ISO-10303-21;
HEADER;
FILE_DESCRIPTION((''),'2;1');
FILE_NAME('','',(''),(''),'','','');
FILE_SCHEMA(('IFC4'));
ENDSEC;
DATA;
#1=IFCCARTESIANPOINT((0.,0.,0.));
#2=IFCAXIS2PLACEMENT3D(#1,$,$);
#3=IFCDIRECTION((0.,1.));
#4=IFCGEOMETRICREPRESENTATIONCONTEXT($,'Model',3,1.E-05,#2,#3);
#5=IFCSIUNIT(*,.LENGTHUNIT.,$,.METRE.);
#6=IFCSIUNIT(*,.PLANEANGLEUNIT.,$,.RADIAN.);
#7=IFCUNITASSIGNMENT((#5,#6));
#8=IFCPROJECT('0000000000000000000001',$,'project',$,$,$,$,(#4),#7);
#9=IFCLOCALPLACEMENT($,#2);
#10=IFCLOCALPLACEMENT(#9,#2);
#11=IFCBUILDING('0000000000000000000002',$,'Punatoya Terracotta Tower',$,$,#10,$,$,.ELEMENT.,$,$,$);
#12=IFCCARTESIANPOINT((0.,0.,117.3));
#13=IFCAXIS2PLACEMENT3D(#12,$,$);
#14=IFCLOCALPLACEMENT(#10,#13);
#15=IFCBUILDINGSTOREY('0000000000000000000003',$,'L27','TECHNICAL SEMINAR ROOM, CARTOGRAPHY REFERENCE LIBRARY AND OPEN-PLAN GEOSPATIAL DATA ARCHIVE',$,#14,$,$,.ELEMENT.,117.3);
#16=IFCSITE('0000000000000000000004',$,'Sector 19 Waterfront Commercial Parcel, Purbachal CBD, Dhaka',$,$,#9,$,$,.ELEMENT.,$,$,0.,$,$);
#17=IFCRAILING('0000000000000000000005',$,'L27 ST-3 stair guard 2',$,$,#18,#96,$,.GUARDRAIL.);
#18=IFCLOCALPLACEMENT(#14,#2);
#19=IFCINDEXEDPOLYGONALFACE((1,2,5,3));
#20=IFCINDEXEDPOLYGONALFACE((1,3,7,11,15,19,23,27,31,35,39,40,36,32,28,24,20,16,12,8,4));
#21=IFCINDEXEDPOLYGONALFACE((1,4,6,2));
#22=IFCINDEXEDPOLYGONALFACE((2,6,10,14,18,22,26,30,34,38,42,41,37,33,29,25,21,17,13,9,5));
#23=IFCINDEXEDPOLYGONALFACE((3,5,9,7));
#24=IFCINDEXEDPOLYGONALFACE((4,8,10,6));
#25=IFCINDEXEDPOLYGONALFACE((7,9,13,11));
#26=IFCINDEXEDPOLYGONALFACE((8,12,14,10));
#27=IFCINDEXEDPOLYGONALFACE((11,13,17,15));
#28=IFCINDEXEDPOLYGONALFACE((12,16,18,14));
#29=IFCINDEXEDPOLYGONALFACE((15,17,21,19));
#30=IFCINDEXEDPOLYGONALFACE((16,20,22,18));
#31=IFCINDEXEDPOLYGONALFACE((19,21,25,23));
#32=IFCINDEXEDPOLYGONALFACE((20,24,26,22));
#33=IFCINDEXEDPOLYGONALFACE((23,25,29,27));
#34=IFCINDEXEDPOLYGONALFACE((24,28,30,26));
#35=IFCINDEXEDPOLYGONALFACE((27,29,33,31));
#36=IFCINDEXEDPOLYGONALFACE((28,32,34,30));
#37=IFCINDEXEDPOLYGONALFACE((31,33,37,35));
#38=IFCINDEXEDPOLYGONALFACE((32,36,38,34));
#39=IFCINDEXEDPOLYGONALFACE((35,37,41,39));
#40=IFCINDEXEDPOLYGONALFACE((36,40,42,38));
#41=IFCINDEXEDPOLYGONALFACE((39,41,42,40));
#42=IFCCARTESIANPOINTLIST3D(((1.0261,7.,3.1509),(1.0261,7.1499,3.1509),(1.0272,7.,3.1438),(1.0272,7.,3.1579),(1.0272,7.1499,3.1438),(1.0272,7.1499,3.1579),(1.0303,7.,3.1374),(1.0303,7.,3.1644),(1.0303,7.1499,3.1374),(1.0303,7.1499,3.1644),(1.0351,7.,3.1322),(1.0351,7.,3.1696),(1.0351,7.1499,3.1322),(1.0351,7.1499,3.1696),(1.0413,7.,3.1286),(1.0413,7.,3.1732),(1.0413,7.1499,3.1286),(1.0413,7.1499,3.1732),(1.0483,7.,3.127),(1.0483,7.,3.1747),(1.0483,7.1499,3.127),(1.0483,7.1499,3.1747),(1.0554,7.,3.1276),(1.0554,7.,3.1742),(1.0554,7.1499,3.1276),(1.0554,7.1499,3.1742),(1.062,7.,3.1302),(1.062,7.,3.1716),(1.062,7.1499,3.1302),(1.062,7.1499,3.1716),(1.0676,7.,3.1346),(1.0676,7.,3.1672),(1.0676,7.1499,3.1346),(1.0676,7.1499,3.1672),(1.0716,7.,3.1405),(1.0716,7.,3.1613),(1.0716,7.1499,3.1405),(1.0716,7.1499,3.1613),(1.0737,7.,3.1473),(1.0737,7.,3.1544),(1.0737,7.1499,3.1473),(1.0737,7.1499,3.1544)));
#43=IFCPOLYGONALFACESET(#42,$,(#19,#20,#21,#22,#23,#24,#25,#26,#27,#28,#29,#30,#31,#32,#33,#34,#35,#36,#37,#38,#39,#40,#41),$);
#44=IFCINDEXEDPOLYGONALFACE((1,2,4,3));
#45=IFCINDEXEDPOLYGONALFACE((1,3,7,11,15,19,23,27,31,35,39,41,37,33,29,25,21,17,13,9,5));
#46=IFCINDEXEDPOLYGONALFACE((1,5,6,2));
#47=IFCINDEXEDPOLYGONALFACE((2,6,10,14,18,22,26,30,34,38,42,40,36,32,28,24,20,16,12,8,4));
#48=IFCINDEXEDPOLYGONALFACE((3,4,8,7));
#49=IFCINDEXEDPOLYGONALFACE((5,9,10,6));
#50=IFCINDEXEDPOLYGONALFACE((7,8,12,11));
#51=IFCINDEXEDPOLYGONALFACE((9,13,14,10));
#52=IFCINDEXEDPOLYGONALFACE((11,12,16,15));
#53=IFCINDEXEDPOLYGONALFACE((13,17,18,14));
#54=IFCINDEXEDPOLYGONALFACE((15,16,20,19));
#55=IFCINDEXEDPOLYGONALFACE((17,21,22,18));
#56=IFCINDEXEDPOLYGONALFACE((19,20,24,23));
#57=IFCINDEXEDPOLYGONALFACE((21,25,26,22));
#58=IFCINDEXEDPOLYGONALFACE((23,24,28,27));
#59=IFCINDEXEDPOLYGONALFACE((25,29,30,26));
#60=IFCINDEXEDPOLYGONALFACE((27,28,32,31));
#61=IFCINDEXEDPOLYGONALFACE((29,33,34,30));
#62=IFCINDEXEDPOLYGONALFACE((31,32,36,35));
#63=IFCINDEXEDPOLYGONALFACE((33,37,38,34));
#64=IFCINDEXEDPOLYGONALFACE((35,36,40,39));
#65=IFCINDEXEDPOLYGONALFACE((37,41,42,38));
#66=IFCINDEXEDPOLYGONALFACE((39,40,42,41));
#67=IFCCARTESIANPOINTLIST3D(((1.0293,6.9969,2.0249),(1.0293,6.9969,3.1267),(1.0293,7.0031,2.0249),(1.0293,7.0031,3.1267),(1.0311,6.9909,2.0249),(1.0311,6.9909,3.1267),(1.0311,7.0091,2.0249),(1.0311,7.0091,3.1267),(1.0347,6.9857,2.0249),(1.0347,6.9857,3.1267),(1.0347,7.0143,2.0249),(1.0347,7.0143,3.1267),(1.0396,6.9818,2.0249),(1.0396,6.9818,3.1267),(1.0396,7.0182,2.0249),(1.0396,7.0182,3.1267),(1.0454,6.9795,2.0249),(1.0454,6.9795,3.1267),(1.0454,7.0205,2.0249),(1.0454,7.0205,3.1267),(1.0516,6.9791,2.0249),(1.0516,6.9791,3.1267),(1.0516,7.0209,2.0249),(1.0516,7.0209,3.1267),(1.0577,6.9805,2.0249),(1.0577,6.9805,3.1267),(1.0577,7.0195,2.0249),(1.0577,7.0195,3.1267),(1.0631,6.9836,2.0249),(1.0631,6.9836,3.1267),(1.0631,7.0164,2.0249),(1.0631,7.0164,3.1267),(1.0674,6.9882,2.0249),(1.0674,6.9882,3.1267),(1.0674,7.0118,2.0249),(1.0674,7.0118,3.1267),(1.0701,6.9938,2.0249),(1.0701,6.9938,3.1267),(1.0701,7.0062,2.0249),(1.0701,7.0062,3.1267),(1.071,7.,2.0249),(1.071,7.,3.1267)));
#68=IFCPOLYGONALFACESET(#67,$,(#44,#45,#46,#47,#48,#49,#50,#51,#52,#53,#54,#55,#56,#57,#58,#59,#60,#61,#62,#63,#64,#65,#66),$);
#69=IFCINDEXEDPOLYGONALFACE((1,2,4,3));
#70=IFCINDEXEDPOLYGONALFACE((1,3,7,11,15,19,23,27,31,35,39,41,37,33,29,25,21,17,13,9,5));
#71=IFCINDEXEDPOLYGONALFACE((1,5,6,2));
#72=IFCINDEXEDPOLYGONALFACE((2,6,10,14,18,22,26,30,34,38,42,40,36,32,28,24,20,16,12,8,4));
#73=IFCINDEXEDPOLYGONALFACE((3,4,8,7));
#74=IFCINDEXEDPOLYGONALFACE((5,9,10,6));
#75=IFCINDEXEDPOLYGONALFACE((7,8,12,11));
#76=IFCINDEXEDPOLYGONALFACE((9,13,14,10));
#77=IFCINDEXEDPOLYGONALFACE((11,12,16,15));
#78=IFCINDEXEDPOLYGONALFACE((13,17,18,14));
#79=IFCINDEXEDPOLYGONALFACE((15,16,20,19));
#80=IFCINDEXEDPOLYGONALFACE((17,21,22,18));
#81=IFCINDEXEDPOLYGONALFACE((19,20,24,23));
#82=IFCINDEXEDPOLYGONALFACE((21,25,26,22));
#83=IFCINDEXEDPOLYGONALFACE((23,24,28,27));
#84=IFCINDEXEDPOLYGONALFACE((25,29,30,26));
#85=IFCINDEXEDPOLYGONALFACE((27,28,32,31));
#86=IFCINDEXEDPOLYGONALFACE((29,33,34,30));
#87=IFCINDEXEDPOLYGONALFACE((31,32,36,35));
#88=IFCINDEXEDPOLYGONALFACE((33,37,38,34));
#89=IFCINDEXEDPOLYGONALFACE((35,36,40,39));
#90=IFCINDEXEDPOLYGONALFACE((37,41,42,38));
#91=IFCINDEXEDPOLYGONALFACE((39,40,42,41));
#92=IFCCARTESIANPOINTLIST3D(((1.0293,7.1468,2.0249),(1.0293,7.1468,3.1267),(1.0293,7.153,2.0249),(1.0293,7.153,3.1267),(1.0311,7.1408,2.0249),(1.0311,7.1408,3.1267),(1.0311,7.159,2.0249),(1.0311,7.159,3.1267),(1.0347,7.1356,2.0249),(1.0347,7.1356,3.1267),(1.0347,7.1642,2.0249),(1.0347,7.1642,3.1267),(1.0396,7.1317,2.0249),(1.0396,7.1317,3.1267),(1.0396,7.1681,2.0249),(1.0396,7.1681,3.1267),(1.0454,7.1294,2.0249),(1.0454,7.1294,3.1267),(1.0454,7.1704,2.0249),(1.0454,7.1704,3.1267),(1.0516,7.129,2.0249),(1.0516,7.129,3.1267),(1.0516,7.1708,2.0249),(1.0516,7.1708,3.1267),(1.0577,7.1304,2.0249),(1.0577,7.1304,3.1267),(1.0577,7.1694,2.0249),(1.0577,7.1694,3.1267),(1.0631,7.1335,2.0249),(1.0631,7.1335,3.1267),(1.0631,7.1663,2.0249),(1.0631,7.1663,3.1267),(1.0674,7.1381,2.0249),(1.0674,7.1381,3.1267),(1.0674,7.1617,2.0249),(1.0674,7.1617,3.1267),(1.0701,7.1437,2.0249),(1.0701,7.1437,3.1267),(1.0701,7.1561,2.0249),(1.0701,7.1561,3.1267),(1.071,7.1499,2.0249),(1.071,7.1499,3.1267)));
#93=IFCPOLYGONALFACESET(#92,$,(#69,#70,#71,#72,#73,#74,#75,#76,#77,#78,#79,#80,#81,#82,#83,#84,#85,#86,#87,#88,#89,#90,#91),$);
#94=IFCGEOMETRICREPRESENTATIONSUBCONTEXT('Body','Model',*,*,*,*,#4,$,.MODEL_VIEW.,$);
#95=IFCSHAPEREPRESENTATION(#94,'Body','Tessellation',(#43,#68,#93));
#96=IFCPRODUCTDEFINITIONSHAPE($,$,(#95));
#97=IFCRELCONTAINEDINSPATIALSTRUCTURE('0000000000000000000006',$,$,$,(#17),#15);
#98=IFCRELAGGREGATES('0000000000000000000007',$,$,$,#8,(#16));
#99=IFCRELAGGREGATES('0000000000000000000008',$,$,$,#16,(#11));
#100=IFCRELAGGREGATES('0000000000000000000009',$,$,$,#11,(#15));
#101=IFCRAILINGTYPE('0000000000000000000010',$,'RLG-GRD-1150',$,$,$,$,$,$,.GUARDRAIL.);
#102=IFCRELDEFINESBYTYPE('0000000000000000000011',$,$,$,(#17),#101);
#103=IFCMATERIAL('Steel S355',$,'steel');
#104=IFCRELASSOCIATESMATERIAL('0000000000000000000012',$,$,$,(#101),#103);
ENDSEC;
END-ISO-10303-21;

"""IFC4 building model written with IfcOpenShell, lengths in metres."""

from ifc_helpers import new_model, si_unit, direction, frame, origin, origin_2d, place, context, subcontext, project, spatial, circle, extrude, material, type_object, element, save


model = new_model("IFC4")

# Units and contexts
model_context = context("Model", 3, precision=1e-05, world=origin(), true_north=direction((0.0, 1.0)))
body_context = subcontext(model_context, "Body", "Model", "MODEL_VIEW")
ifc_project = project(units=[si_unit("LENGTHUNIT", "METRE"), si_unit("PLANEANGLEUNIT", "RADIAN")], contexts=[model_context])

# Site, building, storey
site_placement = place(None, origin())
site = spatial("IfcSite", under=ifc_project, at=site_placement, Name="Sector 19 Waterfront Commercial Parcel, Purbachal CBD, Dhaka", CompositionType="ELEMENT", RefElevation=0.0)
building_placement = place(site_placement, origin())
building = spatial("IfcBuilding", under=site, at=building_placement, Name="Punatoya Terracotta Tower", CompositionType="ELEMENT")
storey_placement = place(building_placement, frame((0.0, 0.0, 117.3)))
storey = spatial("IfcBuildingStorey", under=building, at=storey_placement, Name="L27", Description="TECHNICAL SEMINAR ROOM, CARTOGRAPHY REFERENCE LIBRARY AND OPEN-PLAN GEOSPATIAL DATA ARCHIVE", CompositionType="ELEMENT", Elevation=117.3)

# Shared definitions
ifc_material_1 = material(Name="Steel S355", Category="steel")

# Railing
railing_type_1 = type_object("IfcRailingType", Name="RLG-GRD-1150", PredefinedType="GUARDRAIL", material=ifc_material_1)
railing_1_placement = place(storey_placement, frame((1.05, 7.0, 2.0249)))
element("IfcRailing", 1, at=railing_1_placement, inside=storey, type_object=railing_type_1, Name="L27 ST-3 stair guard 2", PredefinedType="GUARDRAIL", context=body_context, shape_type="SweptSolid", body=[
    extrude(circle(Radius=0.0239, at=origin_2d()), frame((0.0, 0.0, 1.126), z_axis=(0.0, 1.0, 0.0), x_axis=(-1.0, 0.0, 0.0)), (0.0, 0.0, 1.0), 0.1499),
    extrude(circle(Radius=0.021, at=origin_2d()), origin(), (0.0, 0.0, 1.0), 1.1018),
    extrude(circle(Radius=0.021, at=origin_2d()), frame((0.0, 0.1499, 0.0)), (0.0, 0.0, 1.0), 1.1018),
])

save(model, "model.ifc")
